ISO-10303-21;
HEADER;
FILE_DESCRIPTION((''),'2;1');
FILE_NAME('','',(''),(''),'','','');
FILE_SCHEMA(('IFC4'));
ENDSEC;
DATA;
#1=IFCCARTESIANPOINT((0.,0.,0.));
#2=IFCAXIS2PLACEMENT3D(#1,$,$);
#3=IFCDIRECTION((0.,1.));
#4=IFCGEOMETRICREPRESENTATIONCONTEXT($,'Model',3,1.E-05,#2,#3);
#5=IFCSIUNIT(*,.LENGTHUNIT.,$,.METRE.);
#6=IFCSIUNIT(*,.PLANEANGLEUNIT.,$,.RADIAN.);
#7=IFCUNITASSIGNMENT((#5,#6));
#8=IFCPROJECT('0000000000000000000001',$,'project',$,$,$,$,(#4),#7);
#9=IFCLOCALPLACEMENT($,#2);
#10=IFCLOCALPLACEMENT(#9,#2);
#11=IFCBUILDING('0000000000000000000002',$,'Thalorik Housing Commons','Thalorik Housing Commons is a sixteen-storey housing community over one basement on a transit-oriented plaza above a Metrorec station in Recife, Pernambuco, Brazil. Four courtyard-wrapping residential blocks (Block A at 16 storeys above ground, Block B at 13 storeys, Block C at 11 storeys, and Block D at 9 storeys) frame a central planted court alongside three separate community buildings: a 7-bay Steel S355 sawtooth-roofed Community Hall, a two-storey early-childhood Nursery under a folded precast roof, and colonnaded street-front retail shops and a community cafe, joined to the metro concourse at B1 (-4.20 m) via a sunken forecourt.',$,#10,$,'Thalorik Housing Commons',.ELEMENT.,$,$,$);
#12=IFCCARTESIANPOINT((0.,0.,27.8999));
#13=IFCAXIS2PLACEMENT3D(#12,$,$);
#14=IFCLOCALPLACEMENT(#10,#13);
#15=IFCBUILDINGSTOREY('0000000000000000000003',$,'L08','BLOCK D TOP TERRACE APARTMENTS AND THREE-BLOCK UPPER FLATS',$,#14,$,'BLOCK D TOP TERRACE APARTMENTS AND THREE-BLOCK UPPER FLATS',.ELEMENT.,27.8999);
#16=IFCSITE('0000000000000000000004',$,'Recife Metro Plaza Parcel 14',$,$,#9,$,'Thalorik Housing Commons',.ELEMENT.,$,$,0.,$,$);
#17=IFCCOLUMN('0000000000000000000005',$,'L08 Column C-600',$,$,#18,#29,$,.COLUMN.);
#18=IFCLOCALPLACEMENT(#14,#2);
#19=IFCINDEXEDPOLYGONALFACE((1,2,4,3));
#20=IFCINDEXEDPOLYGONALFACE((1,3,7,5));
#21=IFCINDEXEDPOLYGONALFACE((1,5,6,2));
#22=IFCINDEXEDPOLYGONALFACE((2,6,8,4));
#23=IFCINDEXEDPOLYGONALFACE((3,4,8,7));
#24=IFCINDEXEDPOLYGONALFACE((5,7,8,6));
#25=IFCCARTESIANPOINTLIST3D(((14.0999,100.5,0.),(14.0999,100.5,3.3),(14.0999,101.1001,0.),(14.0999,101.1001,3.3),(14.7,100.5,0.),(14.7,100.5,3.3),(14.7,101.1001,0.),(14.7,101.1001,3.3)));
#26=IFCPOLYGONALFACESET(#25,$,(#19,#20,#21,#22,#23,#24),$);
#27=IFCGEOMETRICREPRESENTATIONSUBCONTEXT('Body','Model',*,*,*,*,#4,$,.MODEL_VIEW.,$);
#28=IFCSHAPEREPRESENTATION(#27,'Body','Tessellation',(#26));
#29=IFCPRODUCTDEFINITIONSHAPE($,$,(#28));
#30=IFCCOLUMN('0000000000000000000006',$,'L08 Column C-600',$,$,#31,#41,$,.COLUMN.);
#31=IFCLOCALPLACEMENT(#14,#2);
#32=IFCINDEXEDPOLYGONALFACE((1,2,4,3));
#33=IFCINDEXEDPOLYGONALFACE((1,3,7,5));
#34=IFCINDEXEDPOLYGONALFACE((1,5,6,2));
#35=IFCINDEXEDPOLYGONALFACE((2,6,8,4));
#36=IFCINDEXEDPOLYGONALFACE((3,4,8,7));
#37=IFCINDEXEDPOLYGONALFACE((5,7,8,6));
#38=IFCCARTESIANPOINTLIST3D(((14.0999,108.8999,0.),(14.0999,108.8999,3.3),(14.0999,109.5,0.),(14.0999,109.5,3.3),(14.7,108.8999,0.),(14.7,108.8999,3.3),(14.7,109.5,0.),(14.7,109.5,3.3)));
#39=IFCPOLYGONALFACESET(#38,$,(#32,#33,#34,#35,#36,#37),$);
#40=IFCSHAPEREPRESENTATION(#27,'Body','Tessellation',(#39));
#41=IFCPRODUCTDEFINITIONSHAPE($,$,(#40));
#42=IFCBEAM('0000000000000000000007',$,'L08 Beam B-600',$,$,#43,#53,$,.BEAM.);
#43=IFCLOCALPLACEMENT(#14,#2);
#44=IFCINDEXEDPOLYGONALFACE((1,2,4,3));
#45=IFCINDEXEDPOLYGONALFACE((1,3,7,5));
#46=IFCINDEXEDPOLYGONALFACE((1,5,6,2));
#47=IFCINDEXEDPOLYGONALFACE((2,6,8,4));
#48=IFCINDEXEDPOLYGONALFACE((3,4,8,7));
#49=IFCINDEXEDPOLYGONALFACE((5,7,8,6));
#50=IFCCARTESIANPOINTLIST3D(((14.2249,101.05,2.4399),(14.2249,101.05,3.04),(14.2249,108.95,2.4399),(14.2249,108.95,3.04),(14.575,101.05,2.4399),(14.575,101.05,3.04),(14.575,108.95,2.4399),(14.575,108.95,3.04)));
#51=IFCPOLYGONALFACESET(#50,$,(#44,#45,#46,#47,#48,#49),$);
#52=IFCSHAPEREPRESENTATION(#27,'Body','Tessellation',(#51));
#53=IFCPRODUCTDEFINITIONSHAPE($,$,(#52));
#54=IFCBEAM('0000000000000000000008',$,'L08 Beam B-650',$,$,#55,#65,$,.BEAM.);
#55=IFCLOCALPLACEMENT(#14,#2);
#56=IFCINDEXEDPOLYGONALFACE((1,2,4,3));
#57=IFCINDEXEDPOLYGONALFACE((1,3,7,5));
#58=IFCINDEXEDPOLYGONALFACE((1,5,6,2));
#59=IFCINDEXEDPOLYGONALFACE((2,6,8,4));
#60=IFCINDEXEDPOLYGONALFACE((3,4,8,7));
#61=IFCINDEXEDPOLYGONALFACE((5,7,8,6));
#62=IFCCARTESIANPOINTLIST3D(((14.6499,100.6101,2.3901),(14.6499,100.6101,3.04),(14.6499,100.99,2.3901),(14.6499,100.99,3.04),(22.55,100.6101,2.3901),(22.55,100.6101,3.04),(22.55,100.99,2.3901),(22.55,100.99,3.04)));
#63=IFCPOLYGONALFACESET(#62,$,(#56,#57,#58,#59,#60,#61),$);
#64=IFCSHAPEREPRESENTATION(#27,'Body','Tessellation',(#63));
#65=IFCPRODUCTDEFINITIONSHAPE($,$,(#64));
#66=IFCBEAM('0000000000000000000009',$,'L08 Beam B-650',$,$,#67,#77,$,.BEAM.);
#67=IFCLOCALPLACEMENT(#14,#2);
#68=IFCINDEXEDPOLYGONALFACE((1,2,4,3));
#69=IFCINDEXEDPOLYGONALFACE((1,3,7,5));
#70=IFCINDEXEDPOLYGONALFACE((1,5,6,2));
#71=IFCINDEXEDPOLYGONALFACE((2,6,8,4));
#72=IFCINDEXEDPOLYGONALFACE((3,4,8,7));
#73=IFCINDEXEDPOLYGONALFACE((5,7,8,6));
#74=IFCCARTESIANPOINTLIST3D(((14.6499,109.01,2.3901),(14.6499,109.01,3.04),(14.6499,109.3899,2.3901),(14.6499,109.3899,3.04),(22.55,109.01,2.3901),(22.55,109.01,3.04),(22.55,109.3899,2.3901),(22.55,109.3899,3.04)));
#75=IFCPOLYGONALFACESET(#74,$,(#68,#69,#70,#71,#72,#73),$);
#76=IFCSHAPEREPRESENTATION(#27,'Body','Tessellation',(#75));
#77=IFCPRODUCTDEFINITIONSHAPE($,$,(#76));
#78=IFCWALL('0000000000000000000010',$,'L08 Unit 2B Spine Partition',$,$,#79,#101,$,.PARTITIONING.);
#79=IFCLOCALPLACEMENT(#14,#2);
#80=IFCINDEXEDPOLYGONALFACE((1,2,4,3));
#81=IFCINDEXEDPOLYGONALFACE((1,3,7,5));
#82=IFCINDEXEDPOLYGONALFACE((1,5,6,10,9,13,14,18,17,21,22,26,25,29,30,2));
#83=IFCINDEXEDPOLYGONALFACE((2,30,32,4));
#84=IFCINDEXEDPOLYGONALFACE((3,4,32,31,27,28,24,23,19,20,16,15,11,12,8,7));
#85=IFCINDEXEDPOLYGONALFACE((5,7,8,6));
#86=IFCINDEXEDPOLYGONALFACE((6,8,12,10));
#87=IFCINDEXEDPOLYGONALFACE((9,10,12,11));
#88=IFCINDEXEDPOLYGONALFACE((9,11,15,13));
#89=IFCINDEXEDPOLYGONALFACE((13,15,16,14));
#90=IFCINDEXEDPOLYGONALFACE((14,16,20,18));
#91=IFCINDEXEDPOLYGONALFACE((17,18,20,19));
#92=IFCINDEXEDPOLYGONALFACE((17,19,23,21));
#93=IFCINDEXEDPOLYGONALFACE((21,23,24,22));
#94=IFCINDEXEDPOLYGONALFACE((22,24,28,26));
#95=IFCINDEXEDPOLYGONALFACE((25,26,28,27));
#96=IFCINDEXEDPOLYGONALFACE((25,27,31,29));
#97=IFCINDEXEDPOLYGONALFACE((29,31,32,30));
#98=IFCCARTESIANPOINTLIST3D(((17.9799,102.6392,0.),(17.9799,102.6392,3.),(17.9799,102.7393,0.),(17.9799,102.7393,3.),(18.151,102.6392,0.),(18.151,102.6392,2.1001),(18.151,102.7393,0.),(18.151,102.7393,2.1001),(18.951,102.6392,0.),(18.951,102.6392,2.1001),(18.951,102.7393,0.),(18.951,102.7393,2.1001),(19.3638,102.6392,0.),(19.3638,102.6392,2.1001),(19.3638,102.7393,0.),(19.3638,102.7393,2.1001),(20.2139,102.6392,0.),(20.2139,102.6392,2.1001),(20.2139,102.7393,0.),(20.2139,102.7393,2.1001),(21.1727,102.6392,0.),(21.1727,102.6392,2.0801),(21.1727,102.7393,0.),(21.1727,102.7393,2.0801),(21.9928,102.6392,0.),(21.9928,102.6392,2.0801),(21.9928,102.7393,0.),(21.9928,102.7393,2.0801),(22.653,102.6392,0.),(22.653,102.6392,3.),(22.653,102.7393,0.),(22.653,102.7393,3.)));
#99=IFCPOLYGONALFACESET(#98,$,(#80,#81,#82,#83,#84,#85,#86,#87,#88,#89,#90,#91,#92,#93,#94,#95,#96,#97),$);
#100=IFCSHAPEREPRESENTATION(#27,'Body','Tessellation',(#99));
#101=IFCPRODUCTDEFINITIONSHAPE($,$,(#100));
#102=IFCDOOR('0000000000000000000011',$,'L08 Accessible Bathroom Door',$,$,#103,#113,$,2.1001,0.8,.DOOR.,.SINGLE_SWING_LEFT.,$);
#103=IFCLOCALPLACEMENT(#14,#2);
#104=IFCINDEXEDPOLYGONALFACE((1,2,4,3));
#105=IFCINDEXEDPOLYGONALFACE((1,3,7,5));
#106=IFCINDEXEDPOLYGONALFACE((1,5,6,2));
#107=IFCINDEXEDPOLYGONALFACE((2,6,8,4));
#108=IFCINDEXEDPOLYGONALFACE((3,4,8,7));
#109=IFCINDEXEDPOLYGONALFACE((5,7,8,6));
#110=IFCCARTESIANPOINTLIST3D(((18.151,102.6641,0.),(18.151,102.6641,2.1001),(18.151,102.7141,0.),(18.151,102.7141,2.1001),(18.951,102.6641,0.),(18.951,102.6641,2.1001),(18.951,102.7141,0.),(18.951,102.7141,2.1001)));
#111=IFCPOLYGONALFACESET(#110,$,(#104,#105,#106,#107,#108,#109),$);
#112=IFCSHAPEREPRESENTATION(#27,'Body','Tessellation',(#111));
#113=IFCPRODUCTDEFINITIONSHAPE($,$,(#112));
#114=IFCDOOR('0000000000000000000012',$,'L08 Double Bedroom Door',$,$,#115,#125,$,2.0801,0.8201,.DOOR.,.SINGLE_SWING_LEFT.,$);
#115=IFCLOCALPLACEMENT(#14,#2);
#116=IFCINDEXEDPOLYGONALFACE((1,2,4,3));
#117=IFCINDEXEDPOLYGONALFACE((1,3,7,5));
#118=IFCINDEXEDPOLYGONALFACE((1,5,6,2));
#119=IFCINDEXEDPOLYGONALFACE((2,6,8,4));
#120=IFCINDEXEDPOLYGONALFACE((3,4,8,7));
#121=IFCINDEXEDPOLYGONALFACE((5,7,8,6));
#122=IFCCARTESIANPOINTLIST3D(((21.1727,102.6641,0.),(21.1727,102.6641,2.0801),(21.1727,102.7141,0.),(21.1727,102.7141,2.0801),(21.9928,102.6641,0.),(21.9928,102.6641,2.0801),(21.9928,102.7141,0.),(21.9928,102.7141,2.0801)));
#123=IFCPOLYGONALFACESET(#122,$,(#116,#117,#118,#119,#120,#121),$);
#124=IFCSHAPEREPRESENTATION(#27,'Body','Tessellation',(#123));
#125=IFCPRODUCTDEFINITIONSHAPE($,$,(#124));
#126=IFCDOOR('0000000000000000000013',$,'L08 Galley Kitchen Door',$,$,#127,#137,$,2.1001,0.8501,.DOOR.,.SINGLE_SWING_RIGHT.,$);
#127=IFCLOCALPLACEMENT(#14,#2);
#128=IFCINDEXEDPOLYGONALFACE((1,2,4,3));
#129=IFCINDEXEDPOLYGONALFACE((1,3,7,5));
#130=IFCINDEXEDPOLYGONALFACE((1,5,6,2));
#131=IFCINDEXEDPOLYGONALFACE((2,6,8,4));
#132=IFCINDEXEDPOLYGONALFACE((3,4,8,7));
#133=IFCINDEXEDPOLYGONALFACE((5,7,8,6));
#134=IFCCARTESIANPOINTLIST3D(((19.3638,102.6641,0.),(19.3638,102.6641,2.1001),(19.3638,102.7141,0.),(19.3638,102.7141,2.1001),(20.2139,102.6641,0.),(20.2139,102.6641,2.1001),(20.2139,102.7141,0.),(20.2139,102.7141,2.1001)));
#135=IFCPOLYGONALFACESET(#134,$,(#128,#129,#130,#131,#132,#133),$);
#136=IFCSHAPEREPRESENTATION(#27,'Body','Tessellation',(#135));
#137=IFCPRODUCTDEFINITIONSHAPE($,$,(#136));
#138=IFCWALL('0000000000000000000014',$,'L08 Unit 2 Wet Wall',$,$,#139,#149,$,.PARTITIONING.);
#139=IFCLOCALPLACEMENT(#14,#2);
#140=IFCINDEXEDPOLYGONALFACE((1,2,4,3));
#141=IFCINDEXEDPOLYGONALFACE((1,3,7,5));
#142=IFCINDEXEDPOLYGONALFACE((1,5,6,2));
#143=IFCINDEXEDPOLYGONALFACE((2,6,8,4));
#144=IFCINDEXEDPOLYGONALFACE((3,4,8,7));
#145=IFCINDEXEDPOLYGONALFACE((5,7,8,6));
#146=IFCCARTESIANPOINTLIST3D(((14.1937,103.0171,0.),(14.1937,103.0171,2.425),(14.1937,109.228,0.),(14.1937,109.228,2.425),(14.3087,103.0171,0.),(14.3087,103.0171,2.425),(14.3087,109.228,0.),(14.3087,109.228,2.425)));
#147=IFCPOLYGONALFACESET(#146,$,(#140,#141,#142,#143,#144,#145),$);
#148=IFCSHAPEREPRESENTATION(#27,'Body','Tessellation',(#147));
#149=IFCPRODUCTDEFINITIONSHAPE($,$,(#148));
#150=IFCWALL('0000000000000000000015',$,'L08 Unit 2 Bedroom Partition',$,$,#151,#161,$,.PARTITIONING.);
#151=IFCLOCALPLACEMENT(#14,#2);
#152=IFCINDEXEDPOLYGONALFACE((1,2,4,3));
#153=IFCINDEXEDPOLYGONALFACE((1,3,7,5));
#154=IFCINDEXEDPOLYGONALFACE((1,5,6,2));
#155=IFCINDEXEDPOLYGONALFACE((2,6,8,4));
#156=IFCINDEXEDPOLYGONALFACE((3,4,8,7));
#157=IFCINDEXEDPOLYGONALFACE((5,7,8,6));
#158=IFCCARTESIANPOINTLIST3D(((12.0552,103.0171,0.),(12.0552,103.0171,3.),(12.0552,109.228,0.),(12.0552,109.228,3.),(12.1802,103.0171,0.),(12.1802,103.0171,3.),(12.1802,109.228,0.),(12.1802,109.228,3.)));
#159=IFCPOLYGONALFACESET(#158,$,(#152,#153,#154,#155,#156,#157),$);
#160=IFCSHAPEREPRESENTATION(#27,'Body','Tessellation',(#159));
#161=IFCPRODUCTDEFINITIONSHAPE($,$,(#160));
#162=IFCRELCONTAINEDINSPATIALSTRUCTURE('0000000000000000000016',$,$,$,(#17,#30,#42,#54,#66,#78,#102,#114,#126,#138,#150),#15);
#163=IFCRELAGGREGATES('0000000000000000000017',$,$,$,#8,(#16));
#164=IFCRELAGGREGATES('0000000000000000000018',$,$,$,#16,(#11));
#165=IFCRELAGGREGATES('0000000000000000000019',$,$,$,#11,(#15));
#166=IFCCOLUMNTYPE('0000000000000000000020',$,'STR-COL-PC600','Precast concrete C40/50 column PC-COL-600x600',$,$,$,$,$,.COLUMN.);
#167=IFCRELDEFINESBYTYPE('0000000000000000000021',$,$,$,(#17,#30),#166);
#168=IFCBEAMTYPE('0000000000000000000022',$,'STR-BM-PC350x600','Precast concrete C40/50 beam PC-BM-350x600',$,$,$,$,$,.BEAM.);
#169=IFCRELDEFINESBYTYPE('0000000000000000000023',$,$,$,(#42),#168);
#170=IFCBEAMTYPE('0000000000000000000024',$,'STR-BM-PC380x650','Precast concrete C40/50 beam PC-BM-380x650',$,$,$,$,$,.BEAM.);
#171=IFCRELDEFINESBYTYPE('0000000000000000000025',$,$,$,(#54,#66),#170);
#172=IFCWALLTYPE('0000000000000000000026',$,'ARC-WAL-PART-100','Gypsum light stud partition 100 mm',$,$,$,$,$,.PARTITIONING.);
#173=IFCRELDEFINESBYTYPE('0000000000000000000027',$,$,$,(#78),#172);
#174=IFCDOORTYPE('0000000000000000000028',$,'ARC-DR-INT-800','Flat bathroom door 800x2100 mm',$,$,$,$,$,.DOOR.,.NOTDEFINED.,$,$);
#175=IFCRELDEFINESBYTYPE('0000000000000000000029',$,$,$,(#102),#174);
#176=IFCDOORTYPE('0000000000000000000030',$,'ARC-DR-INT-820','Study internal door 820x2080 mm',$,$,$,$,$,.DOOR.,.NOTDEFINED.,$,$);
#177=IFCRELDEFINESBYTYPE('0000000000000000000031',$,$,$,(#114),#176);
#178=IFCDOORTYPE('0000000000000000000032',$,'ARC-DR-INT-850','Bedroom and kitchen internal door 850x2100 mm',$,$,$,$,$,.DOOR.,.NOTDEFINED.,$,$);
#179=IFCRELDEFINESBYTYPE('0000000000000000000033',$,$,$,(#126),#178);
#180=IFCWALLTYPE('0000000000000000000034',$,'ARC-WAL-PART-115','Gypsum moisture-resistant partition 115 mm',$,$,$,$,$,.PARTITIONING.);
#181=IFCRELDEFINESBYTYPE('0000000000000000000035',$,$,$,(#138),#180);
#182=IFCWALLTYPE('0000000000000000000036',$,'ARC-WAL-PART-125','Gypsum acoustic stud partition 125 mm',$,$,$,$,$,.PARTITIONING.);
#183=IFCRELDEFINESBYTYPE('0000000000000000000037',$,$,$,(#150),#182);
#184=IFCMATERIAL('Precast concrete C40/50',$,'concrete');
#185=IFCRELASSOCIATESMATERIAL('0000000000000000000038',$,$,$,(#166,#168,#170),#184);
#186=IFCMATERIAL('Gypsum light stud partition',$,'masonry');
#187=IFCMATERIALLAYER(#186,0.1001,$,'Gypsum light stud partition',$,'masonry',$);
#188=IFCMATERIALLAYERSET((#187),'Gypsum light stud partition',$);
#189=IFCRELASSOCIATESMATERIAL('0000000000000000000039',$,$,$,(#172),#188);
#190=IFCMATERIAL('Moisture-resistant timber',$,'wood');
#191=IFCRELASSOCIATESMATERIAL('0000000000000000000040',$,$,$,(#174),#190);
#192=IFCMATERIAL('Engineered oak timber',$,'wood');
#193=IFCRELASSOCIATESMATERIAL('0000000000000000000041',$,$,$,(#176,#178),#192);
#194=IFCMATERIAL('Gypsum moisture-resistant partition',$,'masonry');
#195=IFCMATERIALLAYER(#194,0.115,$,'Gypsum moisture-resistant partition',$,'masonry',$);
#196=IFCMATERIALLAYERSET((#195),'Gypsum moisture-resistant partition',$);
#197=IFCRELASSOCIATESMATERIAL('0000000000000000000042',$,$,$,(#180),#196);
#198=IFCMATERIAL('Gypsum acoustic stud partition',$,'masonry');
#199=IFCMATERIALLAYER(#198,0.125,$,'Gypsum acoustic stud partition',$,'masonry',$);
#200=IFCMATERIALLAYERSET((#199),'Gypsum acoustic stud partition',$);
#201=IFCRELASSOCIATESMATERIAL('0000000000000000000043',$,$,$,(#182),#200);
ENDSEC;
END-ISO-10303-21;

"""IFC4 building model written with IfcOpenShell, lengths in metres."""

from ifc_helpers import new_model, si_unit, direction, frame, frame_2d, origin, origin_2d, place, context, subcontext, project, spatial, rectangle, extrude, material, layer, layer_set, material_profile, profile_set, type_object, element, fill, save


model = new_model("IFC4")

# Units and contexts
model_context = context("Model", 3, precision=1e-05, world=origin(), true_north=direction((0.0, 1.0)))
body_context = subcontext(model_context, "Body", "Model", "MODEL_VIEW")
ifc_project = project(units=[si_unit("LENGTHUNIT", "METRE"), si_unit("PLANEANGLEUNIT", "RADIAN")], contexts=[model_context])

# Site, building, storey
site_placement = place(None, origin())
site = spatial("IfcSite", under=ifc_project, at=site_placement, Name="Recife Metro Plaza Parcel 14", LongName="Thalorik Housing Commons", CompositionType="ELEMENT", RefElevation=0.0)
building_placement = place(site_placement, origin())
building = spatial("IfcBuilding", under=site, at=building_placement, Name="Thalorik Housing Commons", Description="Thalorik Housing Commons is a sixteen-storey housing community over one basement on a transit-oriented plaza above a Metrorec station in Recife, Pernambuco, Brazil. Four courtyard-wrapping residential blocks (Block A at 16 storeys above ground, Block B at 13 storeys, Block C at 11 storeys, and Block D at 9 storeys) frame a central planted court alongside three separate community buildings: a 7-bay Steel S355 sawtooth-roofed Community Hall, a two-storey early-childhood Nursery under a folded precast roof, and colonnaded street-front retail shops and a community cafe, joined to the metro concourse at B1 (-4.20 m) via a sunken forecourt.", LongName="Thalorik Housing Commons", CompositionType="ELEMENT")
storey_placement = place(building_placement, frame((0.0, 0.0, 27.8999)))
storey = spatial("IfcBuildingStorey", under=building, at=storey_placement, Name="L08", Description="BLOCK D TOP TERRACE APARTMENTS AND THREE-BLOCK UPPER FLATS", LongName="BLOCK D TOP TERRACE APARTMENTS AND THREE-BLOCK UPPER FLATS", CompositionType="ELEMENT", Elevation=27.8999)

# Columns
ifc_material_1 = material(Name="Precast concrete C40/50", Category="concrete")
ifc_material_profile_1 = material_profile(ifc_material_1, rectangle(XDim=0.6001, YDim=0.6001, at=origin_2d()), Name="PC 600x600", Category="concrete")
ifc_profile_set_1 = profile_set([ifc_material_profile_1], Name="Precast concrete C40/50")
column_type = type_object("IfcColumnType", Name="STR-COL-PC600", Description="Precast concrete C40/50 column PC-COL-600x600", PredefinedType="COLUMN", material=ifc_profile_set_1)
for number, where, z_axis, x_axis, name in (
    (1, (14.3999, 100.8, 0.0), (0.0, 0.0, 1.0), (1.0, 0.0, 0.0), "L08 Column C-600"),
    (2, (14.3999, 109.2, 0.0), (0.0, 0.0, 1.0), (1.0, 0.0, 0.0), "L08 Column C-600"),
):
    element("IfcColumn", number, at=place(storey_placement, frame(where, z_axis=z_axis, x_axis=x_axis)), inside=storey, type_object=column_type, Name=name, PredefinedType="COLUMN", context=body_context, shape_type="SweptSolid", body=[
        extrude(rectangle(XDim=0.6001, YDim=0.6001, at=origin_2d()), origin(), (0.0, 0.0, 1.0), 3.3),
    ])

# Beams
ifc_material_profile_2 = material_profile(ifc_material_1, rectangle(XDim=0.3501, YDim=0.6001, at=origin_2d()), Name="PC 350x600", Category="concrete")
ifc_profile_set_2 = profile_set([ifc_material_profile_2], Name="Precast concrete C40/50")
beam_type_1 = type_object("IfcBeamType", Name="STR-BM-PC350x600", Description="Precast concrete C40/50 beam PC-BM-350x600", PredefinedType="BEAM", material=ifc_profile_set_2)
beam_placement = place(storey_placement, frame((14.3999, 101.05, 2.74), z_axis=(0.0, 1.0, 0.0), x_axis=(-1.0, 0.0, 0.0)))
element("IfcBeam", 3, at=beam_placement, inside=storey, type_object=beam_type_1, Name="L08 Beam B-600", PredefinedType="BEAM", context=body_context, shape_type="SweptSolid", body=[
    extrude(rectangle(XDim=0.3501, YDim=0.6001, at=origin_2d()), origin(), (0.0, 0.0, 1.0), 7.8999),
])
ifc_material_profile_3 = material_profile(ifc_material_1, rectangle(XDim=0.3799, YDim=0.6499, at=origin_2d()), Name="PC 380x650", Category="concrete")
ifc_profile_set_3 = profile_set([ifc_material_profile_3], Name="Precast concrete C40/50")
beam_type_2 = type_object("IfcBeamType", Name="STR-BM-PC380x650", Description="Precast concrete C40/50 beam PC-BM-380x650", PredefinedType="BEAM", material=ifc_profile_set_3)
for number, where, z_axis, x_axis, name in (
    (4, (14.6499, 100.8, 2.7151), (1.0, 0.0, 0.0), (0.0, 1.0, 0.0), "L08 Beam B-650"),
    (5, (14.6499, 109.2, 2.7151), (1.0, 0.0, 0.0), (0.0, 1.0, 0.0), "L08 Beam B-650"),
):
    element("IfcBeam", number, at=place(storey_placement, frame(where, z_axis=z_axis, x_axis=x_axis)), inside=storey, type_object=beam_type_2, Name=name, PredefinedType="BEAM", context=body_context, shape_type="SweptSolid", body=[
        extrude(rectangle(XDim=0.3799, YDim=0.6499, at=origin_2d()), origin(), (0.0, 0.0, 1.0), 7.9001),
    ])

# Wall, openings, doors
ifc_material_2 = material(Name="Gypsum light stud partition", Category="masonry")
ifc_layer_1 = layer(ifc_material_2, 0.1001, Name="Gypsum light stud partition", Category="masonry")
ifc_layer_set_1 = layer_set([ifc_layer_1], Name="Gypsum light stud partition")
wall_type_1 = type_object("IfcWallType", Name="ARC-WAL-PART-100", Description="Gypsum light stud partition 100 mm", PredefinedType="PARTITIONING", material=ifc_layer_set_1)
wall_1_placement = place(storey_placement, frame((17.98, 102.6892, 0.0), z_axis=(0.0, 0.0, 1.0), x_axis=(1.0, 0.0, 0.0)))
wall_1 = element("IfcWall", 6, at=wall_1_placement, inside=storey, type_object=wall_type_1, Name="L08 Unit 2B Spine Partition", PredefinedType="PARTITIONING", context=body_context, shape_type="SweptSolid", body=[
    extrude(rectangle(XDim=4.6731, YDim=0.1001, at=frame_2d((2.3364, 0.0))), origin(), (0.0, 0.0, 1.0), 3.0),
])
opening_1_placement = place(wall_1_placement, frame((0.1711, 0.0, 0.0)))
opening_1 = element("IfcOpeningElement", 7, at=opening_1_placement, cuts=wall_1, PredefinedType="OPENING", context=body_context, shape_type="SweptSolid", body=[
    extrude(rectangle(XDim=0.8, YDim=2.1001, at=frame_2d((0.3999, 1.05))), frame((0.0, 0.0601, 0.0), z_axis=(0.0, -1.0, 0.0), x_axis=(1.0, 0.0, 0.0)), (0.0, 0.0, 1.0), 0.1201),
])
opening_2_placement = place(wall_1_placement, frame((1.3838, 0.0, 0.0)))
opening_2 = element("IfcOpeningElement", 8, at=opening_2_placement, cuts=wall_1, PredefinedType="OPENING", context=body_context, shape_type="SweptSolid", body=[
    extrude(rectangle(XDim=0.8501, YDim=2.1001, at=frame_2d((0.425, 1.05))), frame((0.0, 0.0601, 0.0), z_axis=(0.0, -1.0, 0.0), x_axis=(1.0, 0.0, 0.0)), (0.0, 0.0, 1.0), 0.1201),
])
opening_3_placement = place(wall_1_placement, frame((3.1926, 0.0, 0.0)))
opening_3 = element("IfcOpeningElement", 9, at=opening_3_placement, cuts=wall_1, PredefinedType="OPENING", context=body_context, shape_type="SweptSolid", body=[
    extrude(rectangle(XDim=0.8201, YDim=2.0801, at=frame_2d((0.4102, 1.04))), frame((0.0, 0.0601, 0.0), z_axis=(0.0, -1.0, 0.0), x_axis=(1.0, 0.0, 0.0)), (0.0, 0.0, 1.0), 0.1201),
])
ifc_material_3 = material(Name="Moisture-resistant timber", Category="wood")
door_type_1 = type_object("IfcDoorType", Name="ARC-DR-INT-800", Description="Flat bathroom door 800x2100 mm", OperationType="NOTDEFINED", PredefinedType="DOOR", material=ifc_material_3)
door_1_placement = place(opening_1_placement, origin())
door_1 = element("IfcDoor", 10, at=door_1_placement, inside=storey, type_object=door_type_1, Name="L08 Accessible Bathroom Door", OperationType="SINGLE_SWING_LEFT", OverallHeight=2.1001, OverallWidth=0.8, PredefinedType="DOOR", context=body_context, shape_type="SweptSolid", body=[
    extrude(rectangle(XDim=0.8, YDim=2.1001, at=frame_2d((0.3999, 1.05))), frame((0.0, 0.0249, 0.0), z_axis=(0.0, -1.0, 0.0), x_axis=(1.0, 0.0, 0.0)), (0.0, 0.0, 1.0), 0.05),
])
fill(opening_1, door_1)
ifc_material_4 = material(Name="Engineered oak timber", Category="wood")
door_type_2 = type_object("IfcDoorType", Name="ARC-DR-INT-820", Description="Study internal door 820x2080 mm", OperationType="NOTDEFINED", PredefinedType="DOOR", material=ifc_material_4)
door_2_placement = place(opening_3_placement, origin())
door_2 = element("IfcDoor", 11, at=door_2_placement, inside=storey, type_object=door_type_2, Name="L08 Double Bedroom Door", OperationType="SINGLE_SWING_LEFT", OverallHeight=2.0801, OverallWidth=0.8201, PredefinedType="DOOR", context=body_context, shape_type="SweptSolid", body=[
    extrude(rectangle(XDim=0.8201, YDim=2.0801, at=frame_2d((0.4102, 1.04))), frame((0.0, 0.0249, 0.0), z_axis=(0.0, -1.0, 0.0), x_axis=(1.0, 0.0, 0.0)), (0.0, 0.0, 1.0), 0.05),
])
fill(opening_3, door_2)
door_type_3 = type_object("IfcDoorType", Name="ARC-DR-INT-850", Description="Bedroom and kitchen internal door 850x2100 mm", OperationType="NOTDEFINED", PredefinedType="DOOR", material=ifc_material_4)
door_3_placement = place(opening_2_placement, origin())
door_3 = element("IfcDoor", 12, at=door_3_placement, inside=storey, type_object=door_type_3, Name="L08 Galley Kitchen Door", OperationType="SINGLE_SWING_RIGHT", OverallHeight=2.1001, OverallWidth=0.8501, PredefinedType="DOOR", context=body_context, shape_type="SweptSolid", body=[
    extrude(rectangle(XDim=0.8501, YDim=2.1001, at=frame_2d((0.425, 1.05))), frame((0.0, 0.0249, 0.0), z_axis=(0.0, -1.0, 0.0), x_axis=(1.0, 0.0, 0.0)), (0.0, 0.0, 1.0), 0.05),
])
fill(opening_2, door_3)

# Walls
ifc_material_5 = material(Name="Gypsum moisture-resistant partition", Category="masonry")
ifc_layer_2 = layer(ifc_material_5, 0.115, Name="Gypsum moisture-resistant partition", Category="masonry")
ifc_layer_set_2 = layer_set([ifc_layer_2], Name="Gypsum moisture-resistant partition")
wall_type_2 = type_object("IfcWallType", Name="ARC-WAL-PART-115", Description="Gypsum moisture-resistant partition 115 mm", PredefinedType="PARTITIONING", material=ifc_layer_set_2)
wall_2_placement = place(storey_placement, frame((14.2512, 103.0171, 0.0), z_axis=(0.0, 0.0, 1.0), x_axis=(0.0, 1.0, 0.0)))
element("IfcWall", 13, at=wall_2_placement, inside=storey, type_object=wall_type_2, Name="L08 Unit 2 Wet Wall", PredefinedType="PARTITIONING", context=body_context, shape_type="SweptSolid", body=[
    extrude(rectangle(XDim=6.2109, YDim=0.115, at=frame_2d((3.1055, 0.0))), origin(), (0.0, 0.0, 1.0), 2.425),
])
ifc_material_6 = material(Name="Gypsum acoustic stud partition", Category="masonry")
ifc_layer_3 = layer(ifc_material_6, 0.125, Name="Gypsum acoustic stud partition", Category="masonry")
ifc_layer_set_3 = layer_set([ifc_layer_3], Name="Gypsum acoustic stud partition")
wall_type_3 = type_object("IfcWallType", Name="ARC-WAL-PART-125", Description="Gypsum acoustic stud partition 125 mm", PredefinedType="PARTITIONING", material=ifc_layer_set_3)
wall_3_placement = place(storey_placement, frame((12.1177, 103.0171, 0.0), z_axis=(0.0, 0.0, 1.0), x_axis=(0.0, 1.0, 0.0)))
element("IfcWall", 14, at=wall_3_placement, inside=storey, type_object=wall_type_3, Name="L08 Unit 2 Bedroom Partition", PredefinedType="PARTITIONING", context=body_context, shape_type="SweptSolid", body=[
    extrude(rectangle(XDim=6.2109, YDim=0.125, at=frame_2d((3.1055, 0.0))), origin(), (0.0, 0.0, 1.0), 3.0),
])

save(model, "model.ifc")
